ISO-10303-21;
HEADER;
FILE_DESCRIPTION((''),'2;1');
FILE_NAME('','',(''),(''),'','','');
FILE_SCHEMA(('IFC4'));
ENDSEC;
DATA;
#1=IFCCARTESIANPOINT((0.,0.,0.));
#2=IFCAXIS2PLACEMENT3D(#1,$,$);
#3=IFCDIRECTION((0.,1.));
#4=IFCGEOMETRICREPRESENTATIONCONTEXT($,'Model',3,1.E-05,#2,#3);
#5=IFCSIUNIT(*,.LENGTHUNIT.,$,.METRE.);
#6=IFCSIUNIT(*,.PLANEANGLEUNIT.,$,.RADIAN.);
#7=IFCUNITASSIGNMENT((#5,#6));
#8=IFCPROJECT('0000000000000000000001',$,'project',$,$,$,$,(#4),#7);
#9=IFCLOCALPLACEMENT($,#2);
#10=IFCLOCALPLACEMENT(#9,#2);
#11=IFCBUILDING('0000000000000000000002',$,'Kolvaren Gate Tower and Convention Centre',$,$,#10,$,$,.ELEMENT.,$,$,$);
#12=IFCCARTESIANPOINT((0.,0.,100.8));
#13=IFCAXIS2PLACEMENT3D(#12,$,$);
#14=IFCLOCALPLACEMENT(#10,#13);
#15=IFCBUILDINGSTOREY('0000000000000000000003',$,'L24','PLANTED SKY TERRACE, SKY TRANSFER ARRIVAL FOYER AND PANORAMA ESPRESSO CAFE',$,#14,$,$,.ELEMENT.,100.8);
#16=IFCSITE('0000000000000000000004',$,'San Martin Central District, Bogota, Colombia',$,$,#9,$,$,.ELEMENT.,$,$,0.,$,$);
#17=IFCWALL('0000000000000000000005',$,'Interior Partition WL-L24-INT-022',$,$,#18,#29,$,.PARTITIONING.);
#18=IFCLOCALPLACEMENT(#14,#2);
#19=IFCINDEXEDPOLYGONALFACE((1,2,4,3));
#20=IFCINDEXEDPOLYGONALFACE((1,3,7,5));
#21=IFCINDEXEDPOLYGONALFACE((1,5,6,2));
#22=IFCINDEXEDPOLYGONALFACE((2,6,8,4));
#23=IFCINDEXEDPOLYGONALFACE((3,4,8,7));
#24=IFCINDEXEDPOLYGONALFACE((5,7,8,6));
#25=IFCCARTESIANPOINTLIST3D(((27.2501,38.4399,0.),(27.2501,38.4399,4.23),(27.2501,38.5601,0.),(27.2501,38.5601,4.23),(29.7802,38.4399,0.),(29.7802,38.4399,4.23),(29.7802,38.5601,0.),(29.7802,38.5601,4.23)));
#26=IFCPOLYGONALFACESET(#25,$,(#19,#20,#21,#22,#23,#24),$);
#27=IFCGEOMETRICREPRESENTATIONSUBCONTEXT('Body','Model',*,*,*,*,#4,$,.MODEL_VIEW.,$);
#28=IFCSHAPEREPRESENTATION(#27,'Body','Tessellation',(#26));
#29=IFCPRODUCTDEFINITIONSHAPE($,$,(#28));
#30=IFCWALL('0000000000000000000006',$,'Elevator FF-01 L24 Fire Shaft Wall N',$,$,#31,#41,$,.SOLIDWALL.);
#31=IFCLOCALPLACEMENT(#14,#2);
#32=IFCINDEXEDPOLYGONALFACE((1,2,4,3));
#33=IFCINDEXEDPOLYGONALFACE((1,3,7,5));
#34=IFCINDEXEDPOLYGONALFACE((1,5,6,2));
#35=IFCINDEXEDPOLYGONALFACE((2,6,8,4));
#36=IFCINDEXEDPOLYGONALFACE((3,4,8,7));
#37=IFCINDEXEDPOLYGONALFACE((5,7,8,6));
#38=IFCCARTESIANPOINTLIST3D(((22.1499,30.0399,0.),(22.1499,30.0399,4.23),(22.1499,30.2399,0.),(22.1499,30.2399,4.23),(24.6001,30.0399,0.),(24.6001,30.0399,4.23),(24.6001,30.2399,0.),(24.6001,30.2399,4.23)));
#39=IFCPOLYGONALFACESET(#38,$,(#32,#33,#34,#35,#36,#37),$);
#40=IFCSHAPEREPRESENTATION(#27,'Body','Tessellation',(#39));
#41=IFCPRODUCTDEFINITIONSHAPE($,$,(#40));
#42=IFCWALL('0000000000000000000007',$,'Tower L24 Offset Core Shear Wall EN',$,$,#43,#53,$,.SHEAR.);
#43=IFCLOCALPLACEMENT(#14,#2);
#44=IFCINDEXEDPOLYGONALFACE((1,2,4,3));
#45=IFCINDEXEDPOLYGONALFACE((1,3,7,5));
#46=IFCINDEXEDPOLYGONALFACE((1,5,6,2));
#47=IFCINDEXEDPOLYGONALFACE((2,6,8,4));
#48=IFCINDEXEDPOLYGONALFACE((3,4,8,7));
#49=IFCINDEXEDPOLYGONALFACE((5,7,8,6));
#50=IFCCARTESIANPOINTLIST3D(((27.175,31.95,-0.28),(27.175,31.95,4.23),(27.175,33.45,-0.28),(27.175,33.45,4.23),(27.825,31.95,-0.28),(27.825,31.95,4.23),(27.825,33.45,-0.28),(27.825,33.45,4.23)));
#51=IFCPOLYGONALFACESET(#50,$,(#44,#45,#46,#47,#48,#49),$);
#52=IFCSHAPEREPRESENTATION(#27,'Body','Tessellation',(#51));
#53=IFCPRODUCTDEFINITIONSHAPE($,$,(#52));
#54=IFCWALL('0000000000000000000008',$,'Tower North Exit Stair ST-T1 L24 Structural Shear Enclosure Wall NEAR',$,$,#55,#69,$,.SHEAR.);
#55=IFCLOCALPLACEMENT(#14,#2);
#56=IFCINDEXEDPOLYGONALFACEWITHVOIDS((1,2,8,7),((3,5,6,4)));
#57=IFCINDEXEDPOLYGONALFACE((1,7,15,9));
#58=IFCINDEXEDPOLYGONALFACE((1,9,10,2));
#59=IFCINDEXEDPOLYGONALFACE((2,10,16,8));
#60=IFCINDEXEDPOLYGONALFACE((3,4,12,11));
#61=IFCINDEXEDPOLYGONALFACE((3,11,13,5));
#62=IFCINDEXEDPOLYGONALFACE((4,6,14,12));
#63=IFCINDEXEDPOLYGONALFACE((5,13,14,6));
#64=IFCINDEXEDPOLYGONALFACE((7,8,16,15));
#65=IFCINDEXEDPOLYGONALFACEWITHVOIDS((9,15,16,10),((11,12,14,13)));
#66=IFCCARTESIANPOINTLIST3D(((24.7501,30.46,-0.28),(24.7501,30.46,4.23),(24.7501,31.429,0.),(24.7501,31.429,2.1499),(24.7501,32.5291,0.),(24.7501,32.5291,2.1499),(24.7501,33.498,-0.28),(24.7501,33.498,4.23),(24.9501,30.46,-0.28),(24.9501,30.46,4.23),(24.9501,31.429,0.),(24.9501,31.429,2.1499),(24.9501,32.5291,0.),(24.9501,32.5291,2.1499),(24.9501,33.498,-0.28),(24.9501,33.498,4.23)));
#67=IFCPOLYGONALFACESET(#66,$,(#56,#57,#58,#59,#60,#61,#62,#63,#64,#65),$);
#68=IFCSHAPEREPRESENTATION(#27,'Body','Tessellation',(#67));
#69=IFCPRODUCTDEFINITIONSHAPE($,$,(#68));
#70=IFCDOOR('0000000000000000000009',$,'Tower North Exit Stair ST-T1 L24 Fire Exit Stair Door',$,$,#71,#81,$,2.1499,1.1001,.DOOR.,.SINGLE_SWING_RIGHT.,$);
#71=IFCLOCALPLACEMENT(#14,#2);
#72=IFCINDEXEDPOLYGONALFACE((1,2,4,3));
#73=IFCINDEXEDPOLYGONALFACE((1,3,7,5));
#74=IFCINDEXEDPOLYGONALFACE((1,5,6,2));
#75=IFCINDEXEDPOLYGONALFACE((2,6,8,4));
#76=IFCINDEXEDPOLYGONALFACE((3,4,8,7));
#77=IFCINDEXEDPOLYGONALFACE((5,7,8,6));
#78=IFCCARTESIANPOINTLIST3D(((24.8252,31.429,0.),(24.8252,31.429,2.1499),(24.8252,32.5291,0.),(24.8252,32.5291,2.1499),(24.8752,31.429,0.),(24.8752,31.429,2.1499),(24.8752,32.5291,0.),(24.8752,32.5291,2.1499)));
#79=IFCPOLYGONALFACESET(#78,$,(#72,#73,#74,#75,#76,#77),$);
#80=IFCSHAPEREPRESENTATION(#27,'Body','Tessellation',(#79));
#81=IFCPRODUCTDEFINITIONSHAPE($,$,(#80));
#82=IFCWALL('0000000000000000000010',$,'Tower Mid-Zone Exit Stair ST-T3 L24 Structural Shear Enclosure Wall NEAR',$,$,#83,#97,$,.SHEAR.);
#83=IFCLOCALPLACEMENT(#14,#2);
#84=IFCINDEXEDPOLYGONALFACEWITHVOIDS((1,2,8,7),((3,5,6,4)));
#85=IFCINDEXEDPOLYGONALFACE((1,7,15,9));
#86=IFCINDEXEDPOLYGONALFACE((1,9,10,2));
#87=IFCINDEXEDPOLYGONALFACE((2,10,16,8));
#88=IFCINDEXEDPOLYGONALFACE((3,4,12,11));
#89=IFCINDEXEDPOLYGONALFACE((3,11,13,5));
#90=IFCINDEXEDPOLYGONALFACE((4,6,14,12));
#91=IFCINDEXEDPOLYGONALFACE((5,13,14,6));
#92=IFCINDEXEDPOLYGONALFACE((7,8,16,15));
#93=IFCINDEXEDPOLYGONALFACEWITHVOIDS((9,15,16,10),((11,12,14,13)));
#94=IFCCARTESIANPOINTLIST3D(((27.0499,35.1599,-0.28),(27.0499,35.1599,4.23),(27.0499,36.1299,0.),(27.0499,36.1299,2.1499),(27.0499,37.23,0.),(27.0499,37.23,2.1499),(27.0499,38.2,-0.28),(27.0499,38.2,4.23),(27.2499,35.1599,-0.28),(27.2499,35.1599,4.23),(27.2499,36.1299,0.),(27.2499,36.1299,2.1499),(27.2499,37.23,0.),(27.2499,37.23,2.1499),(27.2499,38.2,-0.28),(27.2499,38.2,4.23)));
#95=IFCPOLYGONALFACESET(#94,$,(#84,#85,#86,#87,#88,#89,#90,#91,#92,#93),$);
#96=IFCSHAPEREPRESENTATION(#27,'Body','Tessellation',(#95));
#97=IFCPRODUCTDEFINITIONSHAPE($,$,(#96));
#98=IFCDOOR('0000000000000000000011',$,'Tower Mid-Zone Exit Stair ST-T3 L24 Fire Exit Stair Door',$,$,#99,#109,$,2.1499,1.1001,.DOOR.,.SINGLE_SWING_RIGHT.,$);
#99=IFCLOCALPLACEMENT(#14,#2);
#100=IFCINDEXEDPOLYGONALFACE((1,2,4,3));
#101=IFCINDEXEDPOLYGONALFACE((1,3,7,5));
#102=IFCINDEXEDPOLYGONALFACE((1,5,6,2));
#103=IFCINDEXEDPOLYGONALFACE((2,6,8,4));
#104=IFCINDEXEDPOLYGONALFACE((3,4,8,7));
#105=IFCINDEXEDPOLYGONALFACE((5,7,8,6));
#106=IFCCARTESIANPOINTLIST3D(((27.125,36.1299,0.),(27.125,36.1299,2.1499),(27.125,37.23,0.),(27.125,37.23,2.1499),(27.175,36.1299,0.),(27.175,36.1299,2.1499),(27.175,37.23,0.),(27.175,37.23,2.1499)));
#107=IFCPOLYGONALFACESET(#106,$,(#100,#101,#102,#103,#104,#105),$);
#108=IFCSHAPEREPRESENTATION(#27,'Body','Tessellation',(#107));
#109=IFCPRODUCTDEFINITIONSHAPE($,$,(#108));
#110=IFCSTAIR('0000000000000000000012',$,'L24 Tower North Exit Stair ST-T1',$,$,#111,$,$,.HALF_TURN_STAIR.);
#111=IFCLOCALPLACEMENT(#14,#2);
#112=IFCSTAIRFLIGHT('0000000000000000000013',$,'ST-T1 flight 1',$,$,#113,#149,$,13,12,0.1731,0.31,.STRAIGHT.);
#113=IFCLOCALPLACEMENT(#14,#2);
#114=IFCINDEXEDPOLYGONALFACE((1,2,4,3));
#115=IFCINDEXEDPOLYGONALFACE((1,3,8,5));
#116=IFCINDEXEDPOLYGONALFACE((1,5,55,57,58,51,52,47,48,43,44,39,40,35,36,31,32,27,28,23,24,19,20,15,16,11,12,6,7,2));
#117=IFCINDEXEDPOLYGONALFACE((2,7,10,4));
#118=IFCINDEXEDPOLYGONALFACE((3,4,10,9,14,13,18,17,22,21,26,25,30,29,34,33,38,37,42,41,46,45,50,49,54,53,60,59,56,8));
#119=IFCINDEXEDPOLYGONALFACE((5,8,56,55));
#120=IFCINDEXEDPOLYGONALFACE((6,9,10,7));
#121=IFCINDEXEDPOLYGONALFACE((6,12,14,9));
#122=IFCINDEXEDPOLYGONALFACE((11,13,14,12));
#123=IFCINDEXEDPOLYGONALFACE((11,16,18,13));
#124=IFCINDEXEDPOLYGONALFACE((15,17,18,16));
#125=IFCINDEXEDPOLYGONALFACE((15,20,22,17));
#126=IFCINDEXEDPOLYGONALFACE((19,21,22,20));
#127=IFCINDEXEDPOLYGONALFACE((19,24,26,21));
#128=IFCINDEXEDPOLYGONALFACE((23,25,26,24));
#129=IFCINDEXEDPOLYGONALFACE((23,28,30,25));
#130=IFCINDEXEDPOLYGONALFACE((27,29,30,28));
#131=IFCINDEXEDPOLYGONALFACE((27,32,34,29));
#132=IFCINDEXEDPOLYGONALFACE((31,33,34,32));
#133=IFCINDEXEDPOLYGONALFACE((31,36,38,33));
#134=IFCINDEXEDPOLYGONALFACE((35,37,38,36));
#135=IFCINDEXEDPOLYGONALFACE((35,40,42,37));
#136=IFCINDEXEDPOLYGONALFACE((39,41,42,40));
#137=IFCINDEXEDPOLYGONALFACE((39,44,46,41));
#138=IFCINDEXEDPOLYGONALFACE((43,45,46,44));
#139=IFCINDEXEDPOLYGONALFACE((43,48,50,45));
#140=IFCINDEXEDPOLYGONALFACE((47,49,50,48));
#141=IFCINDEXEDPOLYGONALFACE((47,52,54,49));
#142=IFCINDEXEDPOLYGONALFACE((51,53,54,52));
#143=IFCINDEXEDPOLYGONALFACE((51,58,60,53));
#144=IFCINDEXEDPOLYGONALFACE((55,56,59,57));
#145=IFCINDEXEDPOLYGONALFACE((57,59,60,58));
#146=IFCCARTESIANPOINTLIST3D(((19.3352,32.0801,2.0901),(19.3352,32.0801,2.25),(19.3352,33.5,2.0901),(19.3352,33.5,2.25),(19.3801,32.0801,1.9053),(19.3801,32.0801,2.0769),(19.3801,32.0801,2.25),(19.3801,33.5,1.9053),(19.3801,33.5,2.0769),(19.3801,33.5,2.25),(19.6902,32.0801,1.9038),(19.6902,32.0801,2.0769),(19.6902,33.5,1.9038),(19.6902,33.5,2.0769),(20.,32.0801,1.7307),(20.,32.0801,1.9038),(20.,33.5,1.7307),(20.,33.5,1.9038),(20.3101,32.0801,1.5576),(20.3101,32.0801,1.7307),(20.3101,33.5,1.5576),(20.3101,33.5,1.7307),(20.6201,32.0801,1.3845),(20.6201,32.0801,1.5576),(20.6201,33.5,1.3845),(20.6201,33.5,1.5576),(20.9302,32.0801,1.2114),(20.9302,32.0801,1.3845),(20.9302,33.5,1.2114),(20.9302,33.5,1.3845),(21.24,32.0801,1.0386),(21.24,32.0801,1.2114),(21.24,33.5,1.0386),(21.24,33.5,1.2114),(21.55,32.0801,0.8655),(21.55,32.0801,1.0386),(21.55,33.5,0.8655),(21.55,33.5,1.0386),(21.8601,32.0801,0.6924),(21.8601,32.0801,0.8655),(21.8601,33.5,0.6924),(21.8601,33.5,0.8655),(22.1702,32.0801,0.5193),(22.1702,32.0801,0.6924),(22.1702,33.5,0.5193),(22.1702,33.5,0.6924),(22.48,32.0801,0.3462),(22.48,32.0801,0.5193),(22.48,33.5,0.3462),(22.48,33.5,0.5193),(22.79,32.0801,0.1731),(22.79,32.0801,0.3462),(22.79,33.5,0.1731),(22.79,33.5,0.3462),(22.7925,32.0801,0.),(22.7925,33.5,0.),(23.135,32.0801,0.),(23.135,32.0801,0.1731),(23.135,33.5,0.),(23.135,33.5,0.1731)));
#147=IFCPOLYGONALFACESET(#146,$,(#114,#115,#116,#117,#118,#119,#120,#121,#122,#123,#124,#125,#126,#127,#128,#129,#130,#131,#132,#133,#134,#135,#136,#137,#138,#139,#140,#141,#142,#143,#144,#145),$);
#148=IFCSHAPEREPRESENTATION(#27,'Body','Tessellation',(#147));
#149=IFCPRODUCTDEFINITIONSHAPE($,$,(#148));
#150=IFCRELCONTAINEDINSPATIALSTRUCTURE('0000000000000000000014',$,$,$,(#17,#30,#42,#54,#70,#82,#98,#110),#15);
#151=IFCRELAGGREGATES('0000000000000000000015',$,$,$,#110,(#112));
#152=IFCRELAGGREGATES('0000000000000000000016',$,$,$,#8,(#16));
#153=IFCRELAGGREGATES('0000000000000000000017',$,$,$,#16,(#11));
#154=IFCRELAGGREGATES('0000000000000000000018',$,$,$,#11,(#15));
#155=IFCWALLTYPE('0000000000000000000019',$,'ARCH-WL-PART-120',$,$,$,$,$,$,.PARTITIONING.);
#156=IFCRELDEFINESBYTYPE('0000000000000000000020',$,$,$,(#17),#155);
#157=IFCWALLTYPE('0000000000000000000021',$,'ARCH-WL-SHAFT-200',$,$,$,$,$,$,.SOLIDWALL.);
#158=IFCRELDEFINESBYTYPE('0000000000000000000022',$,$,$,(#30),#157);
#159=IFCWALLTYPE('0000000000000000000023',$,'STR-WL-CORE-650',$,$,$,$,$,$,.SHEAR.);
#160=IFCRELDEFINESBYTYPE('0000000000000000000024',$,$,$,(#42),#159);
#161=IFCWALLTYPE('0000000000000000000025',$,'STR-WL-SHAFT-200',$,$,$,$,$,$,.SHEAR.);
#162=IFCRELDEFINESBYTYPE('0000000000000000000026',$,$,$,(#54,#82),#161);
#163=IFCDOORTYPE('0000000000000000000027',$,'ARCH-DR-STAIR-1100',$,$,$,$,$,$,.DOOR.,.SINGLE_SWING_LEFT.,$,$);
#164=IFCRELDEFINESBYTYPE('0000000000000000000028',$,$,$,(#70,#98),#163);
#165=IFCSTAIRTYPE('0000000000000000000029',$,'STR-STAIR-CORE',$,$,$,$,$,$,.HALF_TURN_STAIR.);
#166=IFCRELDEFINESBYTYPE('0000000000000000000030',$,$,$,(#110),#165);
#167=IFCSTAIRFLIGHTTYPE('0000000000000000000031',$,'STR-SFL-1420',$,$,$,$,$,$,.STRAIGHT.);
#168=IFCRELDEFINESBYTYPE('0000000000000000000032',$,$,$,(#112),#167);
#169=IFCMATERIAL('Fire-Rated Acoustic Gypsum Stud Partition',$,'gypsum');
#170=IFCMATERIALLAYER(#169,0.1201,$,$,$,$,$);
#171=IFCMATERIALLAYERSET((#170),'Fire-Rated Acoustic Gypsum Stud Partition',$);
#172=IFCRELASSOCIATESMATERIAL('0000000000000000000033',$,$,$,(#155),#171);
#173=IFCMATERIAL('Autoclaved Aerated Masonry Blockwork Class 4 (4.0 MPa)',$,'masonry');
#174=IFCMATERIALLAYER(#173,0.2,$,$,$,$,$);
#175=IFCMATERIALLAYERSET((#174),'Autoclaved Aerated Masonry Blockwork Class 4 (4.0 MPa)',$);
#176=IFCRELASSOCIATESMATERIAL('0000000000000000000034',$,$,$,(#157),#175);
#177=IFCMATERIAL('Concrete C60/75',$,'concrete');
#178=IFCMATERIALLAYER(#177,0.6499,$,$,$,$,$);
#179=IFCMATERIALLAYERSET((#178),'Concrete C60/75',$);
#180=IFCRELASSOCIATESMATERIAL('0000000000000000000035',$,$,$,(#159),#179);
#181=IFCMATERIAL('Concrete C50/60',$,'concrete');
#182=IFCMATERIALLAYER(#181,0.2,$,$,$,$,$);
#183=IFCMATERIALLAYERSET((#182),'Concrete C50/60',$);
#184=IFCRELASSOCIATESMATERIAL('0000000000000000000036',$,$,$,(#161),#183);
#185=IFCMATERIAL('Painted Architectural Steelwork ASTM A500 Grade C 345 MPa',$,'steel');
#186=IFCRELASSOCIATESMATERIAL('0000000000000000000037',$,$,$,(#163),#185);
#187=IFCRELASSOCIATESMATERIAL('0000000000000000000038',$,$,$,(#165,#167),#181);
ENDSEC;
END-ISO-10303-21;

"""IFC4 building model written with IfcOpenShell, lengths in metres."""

from ifc_helpers import new_model, si_unit, direction, frame, frame_2d, origin, place, context, subcontext, project, spatial, polyline, rectangle, outline, extrude, material, layer, layer_set, type_object, element, fill, aggregate, save


model = new_model("IFC4")

# Units and contexts
model_context = context("Model", 3, precision=1e-05, world=origin(), true_north=direction((0.0, 1.0)))
body_context = subcontext(model_context, "Body", "Model", "MODEL_VIEW")
ifc_project = project(units=[si_unit("LENGTHUNIT", "METRE"), si_unit("PLANEANGLEUNIT", "RADIAN")], contexts=[model_context])

# Site, building, storey
site_placement = place(None, origin())
site = spatial("IfcSite", under=ifc_project, at=site_placement, Name="San Martin Central District, Bogota, Colombia", CompositionType="ELEMENT", RefElevation=0.0)
building_placement = place(site_placement, origin())
building = spatial("IfcBuilding", under=site, at=building_placement, Name="Kolvaren Gate Tower and Convention Centre", CompositionType="ELEMENT")
storey_placement = place(building_placement, frame((0.0, 0.0, 100.8)))
storey = spatial("IfcBuildingStorey", under=building, at=storey_placement, Name="L24", Description="PLANTED SKY TERRACE, SKY TRANSFER ARRIVAL FOYER AND PANORAMA ESPRESSO CAFE", CompositionType="ELEMENT", Elevation=100.8)

# Shared definitions
ifc_material_1 = material(Name="Concrete C60/75", Category="concrete")

# Walls
ifc_material_2 = material(Name="Autoclaved Aerated Masonry Blockwork Class 4 (4.0 MPa)", Category="masonry")
ifc_material_3 = material(Name="Fire-Rated Acoustic Gypsum Stud Partition", Category="gypsum")
ifc_layer_1 = layer(ifc_material_3, 0.1201)
ifc_layer_set_1 = layer_set([ifc_layer_1], Name="Fire-Rated Acoustic Gypsum Stud Partition")
wall_type_1 = type_object("IfcWallType", Name="ARCH-WL-PART-120", PredefinedType="PARTITIONING", material=ifc_layer_set_1)
wall_1_placement = place(storey_placement, frame((27.25, 38.5, 0.0), z_axis=(0.0, 0.0, 1.0), x_axis=(1.0, 0.0, 0.0)))
element("IfcWall", 1, at=wall_1_placement, inside=storey, type_object=wall_type_1, Name="Interior Partition WL-L24-INT-022", PredefinedType="PARTITIONING", context=body_context, shape_type="SweptSolid", body=[
    extrude(rectangle(XDim=2.53, YDim=0.1201, at=frame_2d((1.2651, 0.0))), origin(), (0.0, 0.0, 1.0), 4.23),
])
ifc_layer_2 = layer(ifc_material_2, 0.2)
ifc_layer_set_2 = layer_set([ifc_layer_2], Name="Autoclaved Aerated Masonry Blockwork Class 4 (4.0 MPa)")
wall_type_2 = type_object("IfcWallType", Name="ARCH-WL-SHAFT-200", PredefinedType="SOLIDWALL", material=ifc_layer_set_2)
wall_2_placement = place(storey_placement, frame((22.1499, 30.1399, 0.0), z_axis=(0.0, 0.0, 1.0), x_axis=(1.0, 0.0, 0.0)))
element("IfcWall", 2, at=wall_2_placement, inside=storey, type_object=wall_type_2, Name="Elevator FF-01 L24 Fire Shaft Wall N", PredefinedType="SOLIDWALL", context=body_context, shape_type="SweptSolid", body=[
    extrude(rectangle(XDim=2.4502, YDim=0.2, at=frame_2d((1.2251, 0.0))), origin(), (0.0, 0.0, 1.0), 4.23),
])
ifc_layer_3 = layer(ifc_material_1, 0.6499)
ifc_layer_set_3 = layer_set([ifc_layer_3], Name="Concrete C60/75")
wall_type_3 = type_object("IfcWallType", Name="STR-WL-CORE-650", PredefinedType="SHEAR", material=ifc_layer_set_3)
wall_3_placement = place(storey_placement, frame((27.5, 31.95, -0.28), z_axis=(0.0, 0.0, 1.0), x_axis=(0.0, 1.0, 0.0)))
element("IfcWall", 3, at=wall_3_placement, inside=storey, type_object=wall_type_3, Name="Tower L24 Offset Core Shear Wall EN", PredefinedType="SHEAR", context=body_context, shape_type="SweptSolid", body=[
    extrude(rectangle(XDim=1.5, YDim=0.6499, at=frame_2d((0.75, 0.0))), origin(), (0.0, 0.0, 1.0), 4.51),
])

# Walls, openings, doors
ifc_material_4 = material(Name="Concrete C50/60", Category="concrete")
ifc_layer_4 = layer(ifc_material_4, 0.2)
ifc_layer_set_4 = layer_set([ifc_layer_4], Name="Concrete C50/60")
wall_type_4 = type_object("IfcWallType", Name="STR-WL-SHAFT-200", PredefinedType="SHEAR", material=ifc_layer_set_4)
wall_4_placement = place(storey_placement, frame((24.8501, 30.46, -0.28), z_axis=(0.0, 0.0, 1.0), x_axis=(0.0, 1.0, 0.0)))
wall_4 = element("IfcWall", 4, at=wall_4_placement, inside=storey, type_object=wall_type_4, Name="Tower North Exit Stair ST-T1 L24 Structural Shear Enclosure Wall NEAR", PredefinedType="SHEAR", context=body_context, shape_type="SweptSolid", body=[
    extrude(rectangle(XDim=3.0381, YDim=0.2, at=frame_2d((1.519, 0.0))), origin(), (0.0, 0.0, 1.0), 4.51),
])
opening_1_placement = place(wall_4_placement, frame((0.969, 0.0, 0.28)))
opening_1 = element("IfcOpeningElement", 5, at=opening_1_placement, cuts=wall_4, PredefinedType="OPENING", context=body_context, shape_type="SweptSolid", body=[
    extrude(rectangle(XDim=1.1001, YDim=2.1499, at=frame_2d((0.55, 1.075))), frame((0.0, 0.1099, 0.0), z_axis=(0.0, -1.0, 0.0), x_axis=(1.0, 0.0, 0.0)), (0.0, 0.0, 1.0), 0.22),
])
ifc_material_5 = material(Name="Painted Architectural Steelwork ASTM A500 Grade C 345 MPa", Category="steel")
door_type = type_object("IfcDoorType", Name="ARCH-DR-STAIR-1100", OperationType="SINGLE_SWING_LEFT", PredefinedType="DOOR", material=ifc_material_5)
door_1_placement = place(opening_1_placement, origin())
door_1 = element("IfcDoor", 6, at=door_1_placement, inside=storey, type_object=door_type, Name="Tower North Exit Stair ST-T1 L24 Fire Exit Stair Door", OperationType="SINGLE_SWING_RIGHT", OverallHeight=2.1499, OverallWidth=1.1001, PredefinedType="DOOR", context=body_context, shape_type="SweptSolid", body=[
    extrude(rectangle(XDim=1.1001, YDim=2.1499, at=frame_2d((0.55, 1.075))), frame((0.0, 0.0249, 0.0), z_axis=(0.0, -1.0, 0.0), x_axis=(1.0, 0.0, 0.0)), (0.0, 0.0, 1.0), 0.05),
])
fill(opening_1, door_1)
wall_5_placement = place(storey_placement, frame((27.1499, 35.1599, -0.28), z_axis=(0.0, 0.0, 1.0), x_axis=(0.0, 1.0, 0.0)))
wall_5 = element("IfcWall", 7, at=wall_5_placement, inside=storey, type_object=wall_type_4, Name="Tower Mid-Zone Exit Stair ST-T3 L24 Structural Shear Enclosure Wall NEAR", PredefinedType="SHEAR", context=body_context, shape_type="SweptSolid", body=[
    extrude(rectangle(XDim=3.04, YDim=0.2, at=frame_2d((1.52, 0.0))), origin(), (0.0, 0.0, 1.0), 4.51),
])
opening_2_placement = place(wall_5_placement, frame((0.97, 0.0, 0.28)))
opening_2 = element("IfcOpeningElement", 8, at=opening_2_placement, cuts=wall_5, PredefinedType="OPENING", context=body_context, shape_type="SweptSolid", body=[
    extrude(rectangle(XDim=1.1001, YDim=2.1499, at=frame_2d((0.55, 1.075))), frame((0.0, 0.1099, 0.0), z_axis=(0.0, -1.0, 0.0), x_axis=(1.0, 0.0, 0.0)), (0.0, 0.0, 1.0), 0.22),
])
door_2_placement = place(opening_2_placement, origin())
door_2 = element("IfcDoor", 9, at=door_2_placement, inside=storey, type_object=door_type, Name="Tower Mid-Zone Exit Stair ST-T3 L24 Fire Exit Stair Door", OperationType="SINGLE_SWING_RIGHT", OverallHeight=2.1499, OverallWidth=1.1001, PredefinedType="DOOR", context=body_context, shape_type="SweptSolid", body=[
    extrude(rectangle(XDim=1.1001, YDim=2.1499, at=frame_2d((0.55, 1.075))), frame((0.0, 0.0249, 0.0), z_axis=(0.0, -1.0, 0.0), x_axis=(1.0, 0.0, 0.0)), (0.0, 0.0, 1.0), 0.05),
])
fill(opening_2, door_2)

# Stair, stair flight
stair_type = type_object("IfcStairType", Name="STR-STAIR-CORE", PredefinedType="HALF_TURN_STAIR", material=ifc_material_4)
stair_1_placement = place(storey_placement, origin())
stair_1 = element("IfcStair", 10, at=stair_1_placement, inside=storey, type_object=stair_type, Name="L24 Tower North Exit Stair ST-T1", PredefinedType="HALF_TURN_STAIR")
stair_flight_type = type_object("IfcStairFlightType", Name="STR-SFL-1420", PredefinedType="STRAIGHT", material=ifc_material_4)
stair_flight_1_placement = place(storey_placement, frame((23.1001, 32.79, 0.0), z_axis=(0.0, 0.0, 1.0), x_axis=(-1.0, 0.0, 0.0)))
stair_flight_1 = element("IfcStairFlight", 11, at=stair_flight_1_placement, type_object=stair_flight_type, Name="ST-T1 flight 1", NumberOfRisers=13, NumberOfTreads=12, PredefinedType="STRAIGHT", RiserHeight=0.1731, TreadLength=0.31, context=body_context, shape_type="SweptSolid", body=[
    extrude(outline(polyline([(-0.0349, 0.0), (-0.0349, 0.1731), (0.3101, 0.1731), (0.3101, 0.3462), (0.6201, 0.3462), (0.6201, 0.5193), (0.9299, 0.5193), (0.9299, 0.6924), (1.24, 0.6924), (1.24, 0.8655), (1.55, 0.8655), (1.55, 1.0386), (1.8601, 1.0386), (1.8601, 1.2114), (2.1699, 1.2114), (2.1699, 1.3845), (2.48, 1.3845), (2.48, 1.5576), (2.79, 1.5576), (2.79, 1.7307), (3.1001, 1.7307), (3.1001, 1.9038), (3.4099, 1.9038), (3.4099, 2.0769), (3.72, 2.0769), (3.72, 2.25), (3.7649, 2.25), (3.7649, 2.0901), (3.72, 1.9053), (0.3076, 0.0), (-0.0349, 0.0)])), frame((0.0, 0.71, 0.0), z_axis=(0.0, -1.0, 0.0), x_axis=(1.0, 0.0, 0.0)), (0.0, 0.0, 1.0), 1.4199),
])
aggregate(stair_1, [stair_flight_1])

save(model, "model.ifc")
